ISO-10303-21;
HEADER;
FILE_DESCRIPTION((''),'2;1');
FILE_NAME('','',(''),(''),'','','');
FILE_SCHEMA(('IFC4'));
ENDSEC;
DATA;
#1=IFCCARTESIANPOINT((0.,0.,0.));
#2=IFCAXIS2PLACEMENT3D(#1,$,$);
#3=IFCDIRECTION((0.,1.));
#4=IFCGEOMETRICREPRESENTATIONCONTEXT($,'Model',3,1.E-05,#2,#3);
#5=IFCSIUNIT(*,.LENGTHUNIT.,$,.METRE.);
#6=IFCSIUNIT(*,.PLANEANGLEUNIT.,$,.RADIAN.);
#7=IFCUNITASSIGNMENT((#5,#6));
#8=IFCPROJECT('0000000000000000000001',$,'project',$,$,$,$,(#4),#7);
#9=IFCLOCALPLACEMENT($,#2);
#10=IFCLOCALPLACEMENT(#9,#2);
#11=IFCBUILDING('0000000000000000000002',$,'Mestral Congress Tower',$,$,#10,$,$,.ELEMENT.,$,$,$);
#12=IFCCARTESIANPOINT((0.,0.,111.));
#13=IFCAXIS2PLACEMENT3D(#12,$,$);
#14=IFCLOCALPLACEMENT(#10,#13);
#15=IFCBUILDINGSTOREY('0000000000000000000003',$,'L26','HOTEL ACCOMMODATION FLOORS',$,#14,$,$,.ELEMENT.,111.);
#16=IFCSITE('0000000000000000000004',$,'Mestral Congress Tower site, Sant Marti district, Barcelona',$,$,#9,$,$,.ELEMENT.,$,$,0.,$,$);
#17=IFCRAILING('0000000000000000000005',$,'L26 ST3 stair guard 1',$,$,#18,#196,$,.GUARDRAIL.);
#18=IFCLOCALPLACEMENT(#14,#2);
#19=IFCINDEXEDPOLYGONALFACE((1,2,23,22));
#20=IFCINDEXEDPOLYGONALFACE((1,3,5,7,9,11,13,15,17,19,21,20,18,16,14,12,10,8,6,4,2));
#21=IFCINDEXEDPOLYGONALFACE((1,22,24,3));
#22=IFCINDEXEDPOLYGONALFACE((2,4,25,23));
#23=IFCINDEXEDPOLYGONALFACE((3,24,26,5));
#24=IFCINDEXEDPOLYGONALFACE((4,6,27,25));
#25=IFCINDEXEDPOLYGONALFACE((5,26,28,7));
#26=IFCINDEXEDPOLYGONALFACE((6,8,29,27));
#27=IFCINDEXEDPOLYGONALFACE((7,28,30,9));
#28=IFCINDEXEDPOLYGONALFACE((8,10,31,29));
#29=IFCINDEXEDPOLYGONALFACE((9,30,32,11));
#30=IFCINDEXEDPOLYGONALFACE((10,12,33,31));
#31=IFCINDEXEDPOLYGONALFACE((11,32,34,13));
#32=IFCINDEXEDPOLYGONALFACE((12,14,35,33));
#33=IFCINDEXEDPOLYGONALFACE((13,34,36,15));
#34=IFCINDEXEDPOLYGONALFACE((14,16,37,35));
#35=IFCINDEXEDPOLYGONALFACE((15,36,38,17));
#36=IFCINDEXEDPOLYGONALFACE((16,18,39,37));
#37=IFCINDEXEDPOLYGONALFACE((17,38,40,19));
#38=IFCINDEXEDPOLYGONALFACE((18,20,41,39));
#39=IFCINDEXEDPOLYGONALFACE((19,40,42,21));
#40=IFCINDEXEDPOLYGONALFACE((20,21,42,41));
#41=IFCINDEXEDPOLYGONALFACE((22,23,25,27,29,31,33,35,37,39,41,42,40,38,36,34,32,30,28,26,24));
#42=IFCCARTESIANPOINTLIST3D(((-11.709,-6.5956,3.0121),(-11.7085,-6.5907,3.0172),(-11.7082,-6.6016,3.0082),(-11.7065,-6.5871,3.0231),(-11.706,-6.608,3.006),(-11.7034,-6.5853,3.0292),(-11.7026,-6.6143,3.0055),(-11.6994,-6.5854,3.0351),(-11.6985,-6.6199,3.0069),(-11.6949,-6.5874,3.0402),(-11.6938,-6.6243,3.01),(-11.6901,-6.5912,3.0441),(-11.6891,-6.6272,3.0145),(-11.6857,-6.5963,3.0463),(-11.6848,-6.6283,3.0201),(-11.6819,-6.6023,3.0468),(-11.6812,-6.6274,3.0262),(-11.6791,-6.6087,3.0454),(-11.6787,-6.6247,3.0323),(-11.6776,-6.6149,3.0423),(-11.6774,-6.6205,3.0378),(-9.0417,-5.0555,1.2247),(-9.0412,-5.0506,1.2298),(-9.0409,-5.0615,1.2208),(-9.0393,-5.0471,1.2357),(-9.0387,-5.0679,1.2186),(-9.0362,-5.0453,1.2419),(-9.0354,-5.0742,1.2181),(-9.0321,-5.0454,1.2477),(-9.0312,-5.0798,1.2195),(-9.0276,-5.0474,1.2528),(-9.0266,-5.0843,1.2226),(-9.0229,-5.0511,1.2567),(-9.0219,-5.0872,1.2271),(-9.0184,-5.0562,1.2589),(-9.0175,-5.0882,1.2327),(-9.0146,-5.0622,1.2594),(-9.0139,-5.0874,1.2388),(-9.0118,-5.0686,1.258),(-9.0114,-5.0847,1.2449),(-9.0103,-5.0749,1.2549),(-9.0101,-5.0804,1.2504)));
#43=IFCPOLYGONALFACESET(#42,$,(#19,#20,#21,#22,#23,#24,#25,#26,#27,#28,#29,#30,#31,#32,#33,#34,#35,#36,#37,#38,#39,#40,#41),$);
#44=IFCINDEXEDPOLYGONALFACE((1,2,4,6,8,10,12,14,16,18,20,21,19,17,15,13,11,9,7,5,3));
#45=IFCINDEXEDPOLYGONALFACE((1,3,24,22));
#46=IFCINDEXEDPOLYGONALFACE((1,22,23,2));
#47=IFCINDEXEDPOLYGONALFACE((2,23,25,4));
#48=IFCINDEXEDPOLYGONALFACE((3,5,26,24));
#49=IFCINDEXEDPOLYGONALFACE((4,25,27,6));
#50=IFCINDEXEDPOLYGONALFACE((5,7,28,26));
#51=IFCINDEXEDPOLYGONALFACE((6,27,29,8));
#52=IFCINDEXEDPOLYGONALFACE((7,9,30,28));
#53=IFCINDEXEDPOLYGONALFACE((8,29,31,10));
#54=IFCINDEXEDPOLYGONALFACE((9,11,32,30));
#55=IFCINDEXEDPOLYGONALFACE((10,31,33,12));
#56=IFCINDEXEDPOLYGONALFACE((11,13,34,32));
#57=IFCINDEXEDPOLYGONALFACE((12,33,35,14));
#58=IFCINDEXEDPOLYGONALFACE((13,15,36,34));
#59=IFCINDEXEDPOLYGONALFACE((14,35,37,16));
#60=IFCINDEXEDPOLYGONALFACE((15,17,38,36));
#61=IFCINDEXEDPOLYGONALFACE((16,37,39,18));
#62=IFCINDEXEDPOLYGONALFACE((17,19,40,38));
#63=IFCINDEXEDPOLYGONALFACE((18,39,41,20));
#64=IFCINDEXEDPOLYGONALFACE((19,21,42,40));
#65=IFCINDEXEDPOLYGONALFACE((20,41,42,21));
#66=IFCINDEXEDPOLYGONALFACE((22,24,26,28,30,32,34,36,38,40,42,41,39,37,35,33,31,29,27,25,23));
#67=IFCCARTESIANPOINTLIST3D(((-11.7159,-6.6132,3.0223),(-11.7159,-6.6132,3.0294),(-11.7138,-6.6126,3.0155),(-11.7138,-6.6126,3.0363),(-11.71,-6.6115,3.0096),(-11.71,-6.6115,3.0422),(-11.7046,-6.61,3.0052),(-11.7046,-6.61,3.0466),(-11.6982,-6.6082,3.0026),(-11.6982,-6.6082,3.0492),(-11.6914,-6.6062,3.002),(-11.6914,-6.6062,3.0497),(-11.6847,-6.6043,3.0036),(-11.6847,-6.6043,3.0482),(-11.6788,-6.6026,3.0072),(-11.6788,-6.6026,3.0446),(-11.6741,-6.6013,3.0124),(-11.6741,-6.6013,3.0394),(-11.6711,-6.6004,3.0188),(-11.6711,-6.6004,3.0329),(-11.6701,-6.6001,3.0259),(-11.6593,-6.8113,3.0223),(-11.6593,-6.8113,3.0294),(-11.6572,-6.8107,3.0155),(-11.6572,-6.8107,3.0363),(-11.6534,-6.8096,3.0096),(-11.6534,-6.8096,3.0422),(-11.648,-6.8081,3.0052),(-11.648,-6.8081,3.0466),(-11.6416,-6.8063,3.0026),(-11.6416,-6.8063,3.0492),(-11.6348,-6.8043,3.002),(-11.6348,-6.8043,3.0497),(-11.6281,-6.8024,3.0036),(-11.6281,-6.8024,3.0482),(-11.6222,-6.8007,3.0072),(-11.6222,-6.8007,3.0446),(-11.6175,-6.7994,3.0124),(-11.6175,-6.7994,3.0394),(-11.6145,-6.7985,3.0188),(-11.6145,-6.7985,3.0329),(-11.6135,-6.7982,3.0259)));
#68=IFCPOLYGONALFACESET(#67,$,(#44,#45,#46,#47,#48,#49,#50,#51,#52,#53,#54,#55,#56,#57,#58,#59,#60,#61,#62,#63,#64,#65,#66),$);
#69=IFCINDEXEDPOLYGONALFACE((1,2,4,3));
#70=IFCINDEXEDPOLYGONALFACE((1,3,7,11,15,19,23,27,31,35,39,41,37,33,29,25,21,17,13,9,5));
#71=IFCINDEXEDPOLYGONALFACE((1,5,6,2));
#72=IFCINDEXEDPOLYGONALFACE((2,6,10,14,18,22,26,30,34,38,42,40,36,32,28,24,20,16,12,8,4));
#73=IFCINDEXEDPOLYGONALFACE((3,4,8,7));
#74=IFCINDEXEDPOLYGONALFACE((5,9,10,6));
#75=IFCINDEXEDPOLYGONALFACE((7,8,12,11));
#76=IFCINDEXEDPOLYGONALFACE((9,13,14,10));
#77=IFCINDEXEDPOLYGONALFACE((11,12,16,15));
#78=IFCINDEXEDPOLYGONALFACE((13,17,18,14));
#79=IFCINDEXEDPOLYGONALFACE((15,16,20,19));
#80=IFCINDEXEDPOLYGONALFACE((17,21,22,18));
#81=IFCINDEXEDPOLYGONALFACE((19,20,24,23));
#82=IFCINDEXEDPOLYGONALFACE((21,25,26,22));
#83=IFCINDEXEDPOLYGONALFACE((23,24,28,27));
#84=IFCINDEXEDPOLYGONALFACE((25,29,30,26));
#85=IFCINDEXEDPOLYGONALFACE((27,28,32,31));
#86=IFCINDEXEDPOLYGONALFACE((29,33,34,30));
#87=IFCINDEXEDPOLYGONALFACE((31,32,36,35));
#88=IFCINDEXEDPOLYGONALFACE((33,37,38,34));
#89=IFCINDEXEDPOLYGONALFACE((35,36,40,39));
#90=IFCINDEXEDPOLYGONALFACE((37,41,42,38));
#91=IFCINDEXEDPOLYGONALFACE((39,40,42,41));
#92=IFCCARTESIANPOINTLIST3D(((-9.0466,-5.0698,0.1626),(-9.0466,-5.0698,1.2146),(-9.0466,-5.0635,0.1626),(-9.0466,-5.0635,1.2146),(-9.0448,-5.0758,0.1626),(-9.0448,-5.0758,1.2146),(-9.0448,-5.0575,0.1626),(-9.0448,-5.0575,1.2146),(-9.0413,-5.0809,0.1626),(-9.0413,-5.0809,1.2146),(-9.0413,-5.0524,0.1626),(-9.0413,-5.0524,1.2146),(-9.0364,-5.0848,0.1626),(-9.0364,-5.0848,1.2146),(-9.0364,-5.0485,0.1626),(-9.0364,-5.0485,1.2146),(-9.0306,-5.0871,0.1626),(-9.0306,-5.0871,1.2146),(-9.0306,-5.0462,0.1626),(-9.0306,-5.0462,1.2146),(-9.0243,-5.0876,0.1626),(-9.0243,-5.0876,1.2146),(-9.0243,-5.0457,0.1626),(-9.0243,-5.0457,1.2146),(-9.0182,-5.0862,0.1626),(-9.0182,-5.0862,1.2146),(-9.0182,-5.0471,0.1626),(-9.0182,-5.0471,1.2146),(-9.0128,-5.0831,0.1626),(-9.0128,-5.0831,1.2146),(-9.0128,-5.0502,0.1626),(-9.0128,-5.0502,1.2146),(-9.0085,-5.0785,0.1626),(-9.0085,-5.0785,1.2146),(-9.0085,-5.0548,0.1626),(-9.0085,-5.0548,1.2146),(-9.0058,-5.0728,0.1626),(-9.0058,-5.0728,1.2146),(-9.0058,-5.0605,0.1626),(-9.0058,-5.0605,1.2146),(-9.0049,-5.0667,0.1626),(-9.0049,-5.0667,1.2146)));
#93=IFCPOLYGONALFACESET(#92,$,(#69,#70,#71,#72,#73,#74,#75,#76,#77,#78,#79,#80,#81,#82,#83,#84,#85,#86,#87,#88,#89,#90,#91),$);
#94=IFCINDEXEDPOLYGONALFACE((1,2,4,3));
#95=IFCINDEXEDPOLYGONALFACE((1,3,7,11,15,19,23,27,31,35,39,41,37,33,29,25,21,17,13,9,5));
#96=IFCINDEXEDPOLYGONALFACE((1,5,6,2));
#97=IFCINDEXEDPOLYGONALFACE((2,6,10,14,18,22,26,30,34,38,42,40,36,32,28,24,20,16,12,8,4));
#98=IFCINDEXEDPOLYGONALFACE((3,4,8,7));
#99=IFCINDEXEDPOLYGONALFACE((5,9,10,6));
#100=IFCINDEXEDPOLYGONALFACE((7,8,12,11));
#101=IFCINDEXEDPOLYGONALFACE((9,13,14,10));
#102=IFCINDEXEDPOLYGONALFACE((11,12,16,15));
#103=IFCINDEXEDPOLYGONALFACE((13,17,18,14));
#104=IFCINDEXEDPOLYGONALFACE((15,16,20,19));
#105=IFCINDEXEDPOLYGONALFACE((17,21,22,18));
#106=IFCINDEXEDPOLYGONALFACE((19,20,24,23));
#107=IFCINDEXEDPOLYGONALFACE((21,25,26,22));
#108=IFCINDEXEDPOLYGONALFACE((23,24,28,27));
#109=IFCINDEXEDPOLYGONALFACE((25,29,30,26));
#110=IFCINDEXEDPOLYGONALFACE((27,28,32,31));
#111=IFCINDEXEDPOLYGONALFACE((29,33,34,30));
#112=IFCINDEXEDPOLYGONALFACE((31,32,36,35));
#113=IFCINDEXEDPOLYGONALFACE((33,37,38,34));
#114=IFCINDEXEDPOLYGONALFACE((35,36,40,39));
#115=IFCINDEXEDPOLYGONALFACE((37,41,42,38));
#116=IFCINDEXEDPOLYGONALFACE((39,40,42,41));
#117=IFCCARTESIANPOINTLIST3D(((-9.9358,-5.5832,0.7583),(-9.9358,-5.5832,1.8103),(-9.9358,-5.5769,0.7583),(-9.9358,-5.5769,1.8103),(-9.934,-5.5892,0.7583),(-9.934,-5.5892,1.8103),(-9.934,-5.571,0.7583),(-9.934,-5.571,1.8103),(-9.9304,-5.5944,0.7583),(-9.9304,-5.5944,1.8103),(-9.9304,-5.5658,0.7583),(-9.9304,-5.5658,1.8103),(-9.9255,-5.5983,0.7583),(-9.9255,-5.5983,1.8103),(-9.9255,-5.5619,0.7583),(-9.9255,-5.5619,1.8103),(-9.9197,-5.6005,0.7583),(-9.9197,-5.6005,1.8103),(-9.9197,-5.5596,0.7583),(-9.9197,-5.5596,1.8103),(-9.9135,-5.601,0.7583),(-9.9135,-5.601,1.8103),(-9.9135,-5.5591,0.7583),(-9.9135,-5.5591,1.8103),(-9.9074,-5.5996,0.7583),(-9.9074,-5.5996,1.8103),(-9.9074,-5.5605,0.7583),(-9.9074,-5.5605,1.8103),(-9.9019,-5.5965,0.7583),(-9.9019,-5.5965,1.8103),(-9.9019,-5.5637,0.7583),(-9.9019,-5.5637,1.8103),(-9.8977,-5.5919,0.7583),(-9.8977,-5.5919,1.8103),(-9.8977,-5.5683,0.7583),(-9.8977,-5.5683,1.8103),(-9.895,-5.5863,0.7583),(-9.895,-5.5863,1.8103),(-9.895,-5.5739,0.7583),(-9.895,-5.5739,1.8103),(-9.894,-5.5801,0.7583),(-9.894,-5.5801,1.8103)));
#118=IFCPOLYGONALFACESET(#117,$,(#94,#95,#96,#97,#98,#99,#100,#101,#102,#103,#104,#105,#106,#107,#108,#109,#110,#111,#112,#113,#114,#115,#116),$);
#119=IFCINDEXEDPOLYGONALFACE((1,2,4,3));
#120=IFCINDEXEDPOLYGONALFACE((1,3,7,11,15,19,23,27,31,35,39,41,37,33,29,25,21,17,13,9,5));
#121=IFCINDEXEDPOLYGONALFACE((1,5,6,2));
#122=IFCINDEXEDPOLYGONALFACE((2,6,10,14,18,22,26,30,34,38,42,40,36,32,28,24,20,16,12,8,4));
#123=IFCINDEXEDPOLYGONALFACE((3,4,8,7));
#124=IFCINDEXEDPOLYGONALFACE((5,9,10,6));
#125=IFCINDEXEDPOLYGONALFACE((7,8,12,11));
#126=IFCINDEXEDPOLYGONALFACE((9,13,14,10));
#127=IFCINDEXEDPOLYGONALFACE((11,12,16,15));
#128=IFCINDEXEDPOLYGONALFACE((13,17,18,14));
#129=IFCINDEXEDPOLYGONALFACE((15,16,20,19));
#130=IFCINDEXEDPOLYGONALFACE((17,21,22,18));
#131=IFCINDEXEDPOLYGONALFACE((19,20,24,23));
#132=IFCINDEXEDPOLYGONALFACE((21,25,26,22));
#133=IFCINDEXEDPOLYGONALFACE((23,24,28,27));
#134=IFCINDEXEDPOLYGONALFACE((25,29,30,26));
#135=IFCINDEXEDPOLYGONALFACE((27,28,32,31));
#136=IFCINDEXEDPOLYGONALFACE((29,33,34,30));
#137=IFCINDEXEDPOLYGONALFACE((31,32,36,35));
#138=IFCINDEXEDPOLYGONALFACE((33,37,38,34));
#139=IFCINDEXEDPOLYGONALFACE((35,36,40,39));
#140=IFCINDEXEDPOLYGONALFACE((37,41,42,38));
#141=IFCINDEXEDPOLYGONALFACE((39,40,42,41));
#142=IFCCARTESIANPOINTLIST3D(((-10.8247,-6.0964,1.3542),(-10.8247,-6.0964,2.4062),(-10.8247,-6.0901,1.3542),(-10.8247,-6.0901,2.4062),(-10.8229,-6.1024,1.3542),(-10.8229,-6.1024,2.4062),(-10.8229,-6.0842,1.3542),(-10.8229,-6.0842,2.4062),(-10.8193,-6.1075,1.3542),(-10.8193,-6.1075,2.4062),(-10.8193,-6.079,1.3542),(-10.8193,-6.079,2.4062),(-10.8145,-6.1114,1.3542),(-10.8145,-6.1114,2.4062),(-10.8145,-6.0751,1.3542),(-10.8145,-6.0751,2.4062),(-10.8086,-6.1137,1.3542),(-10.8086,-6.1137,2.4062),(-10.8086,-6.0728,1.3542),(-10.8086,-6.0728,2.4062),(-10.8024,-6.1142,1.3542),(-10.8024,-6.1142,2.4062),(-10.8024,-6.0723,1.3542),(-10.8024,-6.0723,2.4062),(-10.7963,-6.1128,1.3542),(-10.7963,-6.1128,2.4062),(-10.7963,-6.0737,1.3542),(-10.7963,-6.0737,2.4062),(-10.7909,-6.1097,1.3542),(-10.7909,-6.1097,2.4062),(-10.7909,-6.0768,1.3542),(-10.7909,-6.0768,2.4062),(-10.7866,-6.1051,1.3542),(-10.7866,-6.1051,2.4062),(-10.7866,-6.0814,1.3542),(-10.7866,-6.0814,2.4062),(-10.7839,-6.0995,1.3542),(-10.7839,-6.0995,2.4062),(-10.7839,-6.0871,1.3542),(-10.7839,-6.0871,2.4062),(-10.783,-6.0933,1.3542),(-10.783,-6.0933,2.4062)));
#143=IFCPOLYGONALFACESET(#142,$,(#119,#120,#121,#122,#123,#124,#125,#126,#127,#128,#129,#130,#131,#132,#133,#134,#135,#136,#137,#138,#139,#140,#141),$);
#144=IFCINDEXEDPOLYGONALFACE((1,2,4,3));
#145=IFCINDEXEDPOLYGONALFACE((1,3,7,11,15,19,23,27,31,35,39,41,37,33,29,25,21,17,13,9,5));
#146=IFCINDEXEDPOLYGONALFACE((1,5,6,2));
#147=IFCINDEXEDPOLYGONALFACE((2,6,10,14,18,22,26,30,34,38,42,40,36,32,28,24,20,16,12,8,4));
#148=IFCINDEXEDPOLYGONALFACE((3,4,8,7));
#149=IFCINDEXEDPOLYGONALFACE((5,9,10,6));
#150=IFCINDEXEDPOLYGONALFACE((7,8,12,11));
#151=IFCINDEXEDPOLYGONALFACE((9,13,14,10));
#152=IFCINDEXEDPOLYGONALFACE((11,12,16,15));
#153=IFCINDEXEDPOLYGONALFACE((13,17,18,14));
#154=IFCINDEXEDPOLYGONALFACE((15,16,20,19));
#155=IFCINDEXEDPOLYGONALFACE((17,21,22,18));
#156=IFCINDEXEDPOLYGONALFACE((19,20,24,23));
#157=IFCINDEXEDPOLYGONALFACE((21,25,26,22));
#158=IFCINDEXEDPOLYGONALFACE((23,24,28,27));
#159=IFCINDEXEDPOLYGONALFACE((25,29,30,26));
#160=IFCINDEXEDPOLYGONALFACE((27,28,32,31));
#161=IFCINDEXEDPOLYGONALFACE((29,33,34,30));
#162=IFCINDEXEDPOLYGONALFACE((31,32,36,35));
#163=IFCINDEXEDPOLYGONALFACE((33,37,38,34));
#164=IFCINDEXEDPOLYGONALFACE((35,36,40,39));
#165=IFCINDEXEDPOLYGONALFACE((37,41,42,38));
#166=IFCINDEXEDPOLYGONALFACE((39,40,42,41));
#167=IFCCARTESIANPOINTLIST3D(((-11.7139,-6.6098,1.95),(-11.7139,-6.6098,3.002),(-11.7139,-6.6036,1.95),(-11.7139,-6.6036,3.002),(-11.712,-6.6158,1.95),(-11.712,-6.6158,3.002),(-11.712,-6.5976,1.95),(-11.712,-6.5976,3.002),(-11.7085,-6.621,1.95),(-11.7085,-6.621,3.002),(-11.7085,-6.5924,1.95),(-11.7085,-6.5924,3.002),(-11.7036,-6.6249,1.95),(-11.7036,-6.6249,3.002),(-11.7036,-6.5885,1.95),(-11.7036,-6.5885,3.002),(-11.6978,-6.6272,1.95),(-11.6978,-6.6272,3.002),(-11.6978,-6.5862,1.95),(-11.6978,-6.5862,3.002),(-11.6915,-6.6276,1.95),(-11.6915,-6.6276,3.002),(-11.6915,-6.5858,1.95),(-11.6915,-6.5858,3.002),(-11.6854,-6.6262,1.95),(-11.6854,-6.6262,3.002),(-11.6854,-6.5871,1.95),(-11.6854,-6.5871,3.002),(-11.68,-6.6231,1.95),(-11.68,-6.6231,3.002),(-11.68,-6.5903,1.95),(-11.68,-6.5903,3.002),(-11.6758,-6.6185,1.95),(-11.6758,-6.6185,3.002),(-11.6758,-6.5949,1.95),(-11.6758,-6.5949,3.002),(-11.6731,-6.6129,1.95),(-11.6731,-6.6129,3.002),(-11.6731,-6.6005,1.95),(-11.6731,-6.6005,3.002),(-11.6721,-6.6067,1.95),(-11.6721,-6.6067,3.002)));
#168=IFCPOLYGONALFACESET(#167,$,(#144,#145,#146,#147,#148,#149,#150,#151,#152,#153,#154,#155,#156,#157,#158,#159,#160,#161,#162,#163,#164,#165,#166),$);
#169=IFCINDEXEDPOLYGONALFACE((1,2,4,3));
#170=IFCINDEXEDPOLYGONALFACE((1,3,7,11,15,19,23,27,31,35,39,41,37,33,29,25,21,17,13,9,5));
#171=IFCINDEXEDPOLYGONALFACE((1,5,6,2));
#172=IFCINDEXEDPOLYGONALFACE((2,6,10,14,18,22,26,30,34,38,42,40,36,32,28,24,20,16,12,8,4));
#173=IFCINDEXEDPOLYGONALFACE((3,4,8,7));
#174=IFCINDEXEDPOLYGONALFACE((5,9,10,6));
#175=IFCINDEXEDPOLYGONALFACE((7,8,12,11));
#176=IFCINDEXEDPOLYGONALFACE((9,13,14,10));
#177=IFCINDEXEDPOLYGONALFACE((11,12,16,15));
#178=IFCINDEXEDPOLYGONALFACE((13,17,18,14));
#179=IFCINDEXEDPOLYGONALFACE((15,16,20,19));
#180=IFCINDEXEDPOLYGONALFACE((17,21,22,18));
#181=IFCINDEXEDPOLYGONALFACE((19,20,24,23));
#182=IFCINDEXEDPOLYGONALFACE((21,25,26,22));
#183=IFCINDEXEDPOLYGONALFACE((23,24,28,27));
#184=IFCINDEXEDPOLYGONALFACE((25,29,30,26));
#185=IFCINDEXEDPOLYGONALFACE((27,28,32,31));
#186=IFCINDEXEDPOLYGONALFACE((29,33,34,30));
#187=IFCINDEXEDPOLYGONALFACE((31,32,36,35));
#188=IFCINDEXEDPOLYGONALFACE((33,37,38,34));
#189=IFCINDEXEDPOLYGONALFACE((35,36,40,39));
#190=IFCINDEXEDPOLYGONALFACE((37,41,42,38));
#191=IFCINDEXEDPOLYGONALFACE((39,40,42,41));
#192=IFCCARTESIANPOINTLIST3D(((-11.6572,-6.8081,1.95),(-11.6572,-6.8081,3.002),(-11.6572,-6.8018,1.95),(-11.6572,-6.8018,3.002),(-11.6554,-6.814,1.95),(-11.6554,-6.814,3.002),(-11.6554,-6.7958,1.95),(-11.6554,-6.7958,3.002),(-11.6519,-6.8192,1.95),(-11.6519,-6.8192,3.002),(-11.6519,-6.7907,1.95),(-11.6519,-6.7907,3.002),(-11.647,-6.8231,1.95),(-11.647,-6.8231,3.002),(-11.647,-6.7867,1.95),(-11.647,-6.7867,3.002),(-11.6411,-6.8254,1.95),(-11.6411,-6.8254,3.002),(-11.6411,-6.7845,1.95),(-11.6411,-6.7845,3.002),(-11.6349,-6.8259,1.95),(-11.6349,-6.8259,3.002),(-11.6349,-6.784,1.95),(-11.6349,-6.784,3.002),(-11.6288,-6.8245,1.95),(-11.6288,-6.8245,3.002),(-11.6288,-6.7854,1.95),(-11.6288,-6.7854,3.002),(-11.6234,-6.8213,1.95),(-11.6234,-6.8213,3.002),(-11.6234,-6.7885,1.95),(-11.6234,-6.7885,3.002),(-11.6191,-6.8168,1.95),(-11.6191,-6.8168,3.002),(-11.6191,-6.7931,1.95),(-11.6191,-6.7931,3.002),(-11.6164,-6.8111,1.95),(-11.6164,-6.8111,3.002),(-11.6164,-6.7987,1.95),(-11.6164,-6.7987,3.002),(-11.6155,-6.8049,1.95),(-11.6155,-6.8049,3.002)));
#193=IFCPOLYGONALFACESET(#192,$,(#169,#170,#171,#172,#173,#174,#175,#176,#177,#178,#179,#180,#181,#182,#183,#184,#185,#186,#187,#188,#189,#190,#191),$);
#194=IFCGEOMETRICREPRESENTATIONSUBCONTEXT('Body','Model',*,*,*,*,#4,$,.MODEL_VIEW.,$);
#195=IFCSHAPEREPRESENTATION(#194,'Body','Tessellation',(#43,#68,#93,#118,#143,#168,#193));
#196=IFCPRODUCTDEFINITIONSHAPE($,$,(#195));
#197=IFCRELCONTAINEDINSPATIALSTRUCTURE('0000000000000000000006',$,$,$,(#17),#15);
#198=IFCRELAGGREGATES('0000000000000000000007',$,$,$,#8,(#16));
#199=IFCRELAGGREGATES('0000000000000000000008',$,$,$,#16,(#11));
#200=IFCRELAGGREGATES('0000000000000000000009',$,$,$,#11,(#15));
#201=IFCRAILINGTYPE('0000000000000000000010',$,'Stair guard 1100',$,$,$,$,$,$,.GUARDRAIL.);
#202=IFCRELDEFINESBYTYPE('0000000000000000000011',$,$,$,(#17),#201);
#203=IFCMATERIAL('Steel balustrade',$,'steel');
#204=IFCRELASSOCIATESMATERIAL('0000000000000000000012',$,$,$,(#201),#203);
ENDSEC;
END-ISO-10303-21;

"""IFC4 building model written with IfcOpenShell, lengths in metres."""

from ifc_helpers import new_model, si_unit, direction, frame, origin, origin_2d, place, context, subcontext, project, spatial, circle, extrude, material, type_object, element, save


model = new_model("IFC4")

# Units and contexts
model_context = context("Model", 3, precision=1e-05, world=origin(), true_north=direction((0.0, 1.0)))
body_context = subcontext(model_context, "Body", "Model", "MODEL_VIEW")
ifc_project = project(units=[si_unit("LENGTHUNIT", "METRE"), si_unit("PLANEANGLEUNIT", "RADIAN")], contexts=[model_context])

# Site, building, storey
site_placement = place(None, origin())
site = spatial("IfcSite", under=ifc_project, at=site_placement, Name="Mestral Congress Tower site, Sant Marti district, Barcelona", CompositionType="ELEMENT", RefElevation=0.0)
building_placement = place(site_placement, origin())
building = spatial("IfcBuilding", under=site, at=building_placement, Name="Mestral Congress Tower", CompositionType="ELEMENT")
storey_placement = place(building_placement, frame((0.0, 0.0, 111.0)))
storey = spatial("IfcBuildingStorey", under=building, at=storey_placement, Name="L26", Description="HOTEL ACCOMMODATION FLOORS", CompositionType="ELEMENT", Elevation=111.0)

# Railing
ifc_material_1 = material(Name="Steel balustrade", Category="steel")
railing_type_1 = type_object("IfcRailingType", Name="Stair guard 1100", PredefinedType="GUARDRAIL", material=ifc_material_1)
railing_1_placement = place(storey_placement, frame((-9.0259, -5.0667, 0.1626)))
element("IfcRailing", 1, at=railing_1_placement, inside=storey, type_object=railing_type_1, Name="L26 ST3 stair guard 1", PredefinedType="GUARDRAIL", context=body_context, shape_type="SweptSolid", body=[
    extrude(circle(Radius=0.0239, at=origin_2d()), frame((0.0, 0.0, 1.0762), z_axis=(-0.74902, -0.432477, 0.501929), x_axis=(0.500027, -0.86601, 0.0)), (0.0, 0.0, 1.0), 3.561),
    extrude(circle(Radius=0.0239, at=origin_2d()), frame((-2.6672, -1.54, 2.8633), z_axis=(0.274721, -0.961524, 0.0), x_axis=(0.961524, 0.274721, 0.0)), (0.0, 0.0, 1.0), 0.2061),
    extrude(circle(Radius=0.021, at=origin_2d()), origin(), (0.0, 0.0, 1.0), 1.052),
    extrude(circle(Radius=0.021, at=origin_2d()), frame((-0.8892, -0.5134, 0.5957)), (0.0, 0.0, 1.0), 1.052),
    extrude(circle(Radius=0.021, at=origin_2d()), frame((-1.7781, -1.0266, 1.1917)), (0.0, 0.0, 1.0), 1.052),
    extrude(circle(Radius=0.021, at=origin_2d()), frame((-2.6672, -1.54, 1.7874)), (0.0, 0.0, 1.0), 1.052),
    extrude(circle(Radius=0.021, at=origin_2d()), frame((-2.6106, -1.7383, 1.7874)), (0.0, 0.0, 1.0), 1.052),
])

save(model, "model.ifc")
